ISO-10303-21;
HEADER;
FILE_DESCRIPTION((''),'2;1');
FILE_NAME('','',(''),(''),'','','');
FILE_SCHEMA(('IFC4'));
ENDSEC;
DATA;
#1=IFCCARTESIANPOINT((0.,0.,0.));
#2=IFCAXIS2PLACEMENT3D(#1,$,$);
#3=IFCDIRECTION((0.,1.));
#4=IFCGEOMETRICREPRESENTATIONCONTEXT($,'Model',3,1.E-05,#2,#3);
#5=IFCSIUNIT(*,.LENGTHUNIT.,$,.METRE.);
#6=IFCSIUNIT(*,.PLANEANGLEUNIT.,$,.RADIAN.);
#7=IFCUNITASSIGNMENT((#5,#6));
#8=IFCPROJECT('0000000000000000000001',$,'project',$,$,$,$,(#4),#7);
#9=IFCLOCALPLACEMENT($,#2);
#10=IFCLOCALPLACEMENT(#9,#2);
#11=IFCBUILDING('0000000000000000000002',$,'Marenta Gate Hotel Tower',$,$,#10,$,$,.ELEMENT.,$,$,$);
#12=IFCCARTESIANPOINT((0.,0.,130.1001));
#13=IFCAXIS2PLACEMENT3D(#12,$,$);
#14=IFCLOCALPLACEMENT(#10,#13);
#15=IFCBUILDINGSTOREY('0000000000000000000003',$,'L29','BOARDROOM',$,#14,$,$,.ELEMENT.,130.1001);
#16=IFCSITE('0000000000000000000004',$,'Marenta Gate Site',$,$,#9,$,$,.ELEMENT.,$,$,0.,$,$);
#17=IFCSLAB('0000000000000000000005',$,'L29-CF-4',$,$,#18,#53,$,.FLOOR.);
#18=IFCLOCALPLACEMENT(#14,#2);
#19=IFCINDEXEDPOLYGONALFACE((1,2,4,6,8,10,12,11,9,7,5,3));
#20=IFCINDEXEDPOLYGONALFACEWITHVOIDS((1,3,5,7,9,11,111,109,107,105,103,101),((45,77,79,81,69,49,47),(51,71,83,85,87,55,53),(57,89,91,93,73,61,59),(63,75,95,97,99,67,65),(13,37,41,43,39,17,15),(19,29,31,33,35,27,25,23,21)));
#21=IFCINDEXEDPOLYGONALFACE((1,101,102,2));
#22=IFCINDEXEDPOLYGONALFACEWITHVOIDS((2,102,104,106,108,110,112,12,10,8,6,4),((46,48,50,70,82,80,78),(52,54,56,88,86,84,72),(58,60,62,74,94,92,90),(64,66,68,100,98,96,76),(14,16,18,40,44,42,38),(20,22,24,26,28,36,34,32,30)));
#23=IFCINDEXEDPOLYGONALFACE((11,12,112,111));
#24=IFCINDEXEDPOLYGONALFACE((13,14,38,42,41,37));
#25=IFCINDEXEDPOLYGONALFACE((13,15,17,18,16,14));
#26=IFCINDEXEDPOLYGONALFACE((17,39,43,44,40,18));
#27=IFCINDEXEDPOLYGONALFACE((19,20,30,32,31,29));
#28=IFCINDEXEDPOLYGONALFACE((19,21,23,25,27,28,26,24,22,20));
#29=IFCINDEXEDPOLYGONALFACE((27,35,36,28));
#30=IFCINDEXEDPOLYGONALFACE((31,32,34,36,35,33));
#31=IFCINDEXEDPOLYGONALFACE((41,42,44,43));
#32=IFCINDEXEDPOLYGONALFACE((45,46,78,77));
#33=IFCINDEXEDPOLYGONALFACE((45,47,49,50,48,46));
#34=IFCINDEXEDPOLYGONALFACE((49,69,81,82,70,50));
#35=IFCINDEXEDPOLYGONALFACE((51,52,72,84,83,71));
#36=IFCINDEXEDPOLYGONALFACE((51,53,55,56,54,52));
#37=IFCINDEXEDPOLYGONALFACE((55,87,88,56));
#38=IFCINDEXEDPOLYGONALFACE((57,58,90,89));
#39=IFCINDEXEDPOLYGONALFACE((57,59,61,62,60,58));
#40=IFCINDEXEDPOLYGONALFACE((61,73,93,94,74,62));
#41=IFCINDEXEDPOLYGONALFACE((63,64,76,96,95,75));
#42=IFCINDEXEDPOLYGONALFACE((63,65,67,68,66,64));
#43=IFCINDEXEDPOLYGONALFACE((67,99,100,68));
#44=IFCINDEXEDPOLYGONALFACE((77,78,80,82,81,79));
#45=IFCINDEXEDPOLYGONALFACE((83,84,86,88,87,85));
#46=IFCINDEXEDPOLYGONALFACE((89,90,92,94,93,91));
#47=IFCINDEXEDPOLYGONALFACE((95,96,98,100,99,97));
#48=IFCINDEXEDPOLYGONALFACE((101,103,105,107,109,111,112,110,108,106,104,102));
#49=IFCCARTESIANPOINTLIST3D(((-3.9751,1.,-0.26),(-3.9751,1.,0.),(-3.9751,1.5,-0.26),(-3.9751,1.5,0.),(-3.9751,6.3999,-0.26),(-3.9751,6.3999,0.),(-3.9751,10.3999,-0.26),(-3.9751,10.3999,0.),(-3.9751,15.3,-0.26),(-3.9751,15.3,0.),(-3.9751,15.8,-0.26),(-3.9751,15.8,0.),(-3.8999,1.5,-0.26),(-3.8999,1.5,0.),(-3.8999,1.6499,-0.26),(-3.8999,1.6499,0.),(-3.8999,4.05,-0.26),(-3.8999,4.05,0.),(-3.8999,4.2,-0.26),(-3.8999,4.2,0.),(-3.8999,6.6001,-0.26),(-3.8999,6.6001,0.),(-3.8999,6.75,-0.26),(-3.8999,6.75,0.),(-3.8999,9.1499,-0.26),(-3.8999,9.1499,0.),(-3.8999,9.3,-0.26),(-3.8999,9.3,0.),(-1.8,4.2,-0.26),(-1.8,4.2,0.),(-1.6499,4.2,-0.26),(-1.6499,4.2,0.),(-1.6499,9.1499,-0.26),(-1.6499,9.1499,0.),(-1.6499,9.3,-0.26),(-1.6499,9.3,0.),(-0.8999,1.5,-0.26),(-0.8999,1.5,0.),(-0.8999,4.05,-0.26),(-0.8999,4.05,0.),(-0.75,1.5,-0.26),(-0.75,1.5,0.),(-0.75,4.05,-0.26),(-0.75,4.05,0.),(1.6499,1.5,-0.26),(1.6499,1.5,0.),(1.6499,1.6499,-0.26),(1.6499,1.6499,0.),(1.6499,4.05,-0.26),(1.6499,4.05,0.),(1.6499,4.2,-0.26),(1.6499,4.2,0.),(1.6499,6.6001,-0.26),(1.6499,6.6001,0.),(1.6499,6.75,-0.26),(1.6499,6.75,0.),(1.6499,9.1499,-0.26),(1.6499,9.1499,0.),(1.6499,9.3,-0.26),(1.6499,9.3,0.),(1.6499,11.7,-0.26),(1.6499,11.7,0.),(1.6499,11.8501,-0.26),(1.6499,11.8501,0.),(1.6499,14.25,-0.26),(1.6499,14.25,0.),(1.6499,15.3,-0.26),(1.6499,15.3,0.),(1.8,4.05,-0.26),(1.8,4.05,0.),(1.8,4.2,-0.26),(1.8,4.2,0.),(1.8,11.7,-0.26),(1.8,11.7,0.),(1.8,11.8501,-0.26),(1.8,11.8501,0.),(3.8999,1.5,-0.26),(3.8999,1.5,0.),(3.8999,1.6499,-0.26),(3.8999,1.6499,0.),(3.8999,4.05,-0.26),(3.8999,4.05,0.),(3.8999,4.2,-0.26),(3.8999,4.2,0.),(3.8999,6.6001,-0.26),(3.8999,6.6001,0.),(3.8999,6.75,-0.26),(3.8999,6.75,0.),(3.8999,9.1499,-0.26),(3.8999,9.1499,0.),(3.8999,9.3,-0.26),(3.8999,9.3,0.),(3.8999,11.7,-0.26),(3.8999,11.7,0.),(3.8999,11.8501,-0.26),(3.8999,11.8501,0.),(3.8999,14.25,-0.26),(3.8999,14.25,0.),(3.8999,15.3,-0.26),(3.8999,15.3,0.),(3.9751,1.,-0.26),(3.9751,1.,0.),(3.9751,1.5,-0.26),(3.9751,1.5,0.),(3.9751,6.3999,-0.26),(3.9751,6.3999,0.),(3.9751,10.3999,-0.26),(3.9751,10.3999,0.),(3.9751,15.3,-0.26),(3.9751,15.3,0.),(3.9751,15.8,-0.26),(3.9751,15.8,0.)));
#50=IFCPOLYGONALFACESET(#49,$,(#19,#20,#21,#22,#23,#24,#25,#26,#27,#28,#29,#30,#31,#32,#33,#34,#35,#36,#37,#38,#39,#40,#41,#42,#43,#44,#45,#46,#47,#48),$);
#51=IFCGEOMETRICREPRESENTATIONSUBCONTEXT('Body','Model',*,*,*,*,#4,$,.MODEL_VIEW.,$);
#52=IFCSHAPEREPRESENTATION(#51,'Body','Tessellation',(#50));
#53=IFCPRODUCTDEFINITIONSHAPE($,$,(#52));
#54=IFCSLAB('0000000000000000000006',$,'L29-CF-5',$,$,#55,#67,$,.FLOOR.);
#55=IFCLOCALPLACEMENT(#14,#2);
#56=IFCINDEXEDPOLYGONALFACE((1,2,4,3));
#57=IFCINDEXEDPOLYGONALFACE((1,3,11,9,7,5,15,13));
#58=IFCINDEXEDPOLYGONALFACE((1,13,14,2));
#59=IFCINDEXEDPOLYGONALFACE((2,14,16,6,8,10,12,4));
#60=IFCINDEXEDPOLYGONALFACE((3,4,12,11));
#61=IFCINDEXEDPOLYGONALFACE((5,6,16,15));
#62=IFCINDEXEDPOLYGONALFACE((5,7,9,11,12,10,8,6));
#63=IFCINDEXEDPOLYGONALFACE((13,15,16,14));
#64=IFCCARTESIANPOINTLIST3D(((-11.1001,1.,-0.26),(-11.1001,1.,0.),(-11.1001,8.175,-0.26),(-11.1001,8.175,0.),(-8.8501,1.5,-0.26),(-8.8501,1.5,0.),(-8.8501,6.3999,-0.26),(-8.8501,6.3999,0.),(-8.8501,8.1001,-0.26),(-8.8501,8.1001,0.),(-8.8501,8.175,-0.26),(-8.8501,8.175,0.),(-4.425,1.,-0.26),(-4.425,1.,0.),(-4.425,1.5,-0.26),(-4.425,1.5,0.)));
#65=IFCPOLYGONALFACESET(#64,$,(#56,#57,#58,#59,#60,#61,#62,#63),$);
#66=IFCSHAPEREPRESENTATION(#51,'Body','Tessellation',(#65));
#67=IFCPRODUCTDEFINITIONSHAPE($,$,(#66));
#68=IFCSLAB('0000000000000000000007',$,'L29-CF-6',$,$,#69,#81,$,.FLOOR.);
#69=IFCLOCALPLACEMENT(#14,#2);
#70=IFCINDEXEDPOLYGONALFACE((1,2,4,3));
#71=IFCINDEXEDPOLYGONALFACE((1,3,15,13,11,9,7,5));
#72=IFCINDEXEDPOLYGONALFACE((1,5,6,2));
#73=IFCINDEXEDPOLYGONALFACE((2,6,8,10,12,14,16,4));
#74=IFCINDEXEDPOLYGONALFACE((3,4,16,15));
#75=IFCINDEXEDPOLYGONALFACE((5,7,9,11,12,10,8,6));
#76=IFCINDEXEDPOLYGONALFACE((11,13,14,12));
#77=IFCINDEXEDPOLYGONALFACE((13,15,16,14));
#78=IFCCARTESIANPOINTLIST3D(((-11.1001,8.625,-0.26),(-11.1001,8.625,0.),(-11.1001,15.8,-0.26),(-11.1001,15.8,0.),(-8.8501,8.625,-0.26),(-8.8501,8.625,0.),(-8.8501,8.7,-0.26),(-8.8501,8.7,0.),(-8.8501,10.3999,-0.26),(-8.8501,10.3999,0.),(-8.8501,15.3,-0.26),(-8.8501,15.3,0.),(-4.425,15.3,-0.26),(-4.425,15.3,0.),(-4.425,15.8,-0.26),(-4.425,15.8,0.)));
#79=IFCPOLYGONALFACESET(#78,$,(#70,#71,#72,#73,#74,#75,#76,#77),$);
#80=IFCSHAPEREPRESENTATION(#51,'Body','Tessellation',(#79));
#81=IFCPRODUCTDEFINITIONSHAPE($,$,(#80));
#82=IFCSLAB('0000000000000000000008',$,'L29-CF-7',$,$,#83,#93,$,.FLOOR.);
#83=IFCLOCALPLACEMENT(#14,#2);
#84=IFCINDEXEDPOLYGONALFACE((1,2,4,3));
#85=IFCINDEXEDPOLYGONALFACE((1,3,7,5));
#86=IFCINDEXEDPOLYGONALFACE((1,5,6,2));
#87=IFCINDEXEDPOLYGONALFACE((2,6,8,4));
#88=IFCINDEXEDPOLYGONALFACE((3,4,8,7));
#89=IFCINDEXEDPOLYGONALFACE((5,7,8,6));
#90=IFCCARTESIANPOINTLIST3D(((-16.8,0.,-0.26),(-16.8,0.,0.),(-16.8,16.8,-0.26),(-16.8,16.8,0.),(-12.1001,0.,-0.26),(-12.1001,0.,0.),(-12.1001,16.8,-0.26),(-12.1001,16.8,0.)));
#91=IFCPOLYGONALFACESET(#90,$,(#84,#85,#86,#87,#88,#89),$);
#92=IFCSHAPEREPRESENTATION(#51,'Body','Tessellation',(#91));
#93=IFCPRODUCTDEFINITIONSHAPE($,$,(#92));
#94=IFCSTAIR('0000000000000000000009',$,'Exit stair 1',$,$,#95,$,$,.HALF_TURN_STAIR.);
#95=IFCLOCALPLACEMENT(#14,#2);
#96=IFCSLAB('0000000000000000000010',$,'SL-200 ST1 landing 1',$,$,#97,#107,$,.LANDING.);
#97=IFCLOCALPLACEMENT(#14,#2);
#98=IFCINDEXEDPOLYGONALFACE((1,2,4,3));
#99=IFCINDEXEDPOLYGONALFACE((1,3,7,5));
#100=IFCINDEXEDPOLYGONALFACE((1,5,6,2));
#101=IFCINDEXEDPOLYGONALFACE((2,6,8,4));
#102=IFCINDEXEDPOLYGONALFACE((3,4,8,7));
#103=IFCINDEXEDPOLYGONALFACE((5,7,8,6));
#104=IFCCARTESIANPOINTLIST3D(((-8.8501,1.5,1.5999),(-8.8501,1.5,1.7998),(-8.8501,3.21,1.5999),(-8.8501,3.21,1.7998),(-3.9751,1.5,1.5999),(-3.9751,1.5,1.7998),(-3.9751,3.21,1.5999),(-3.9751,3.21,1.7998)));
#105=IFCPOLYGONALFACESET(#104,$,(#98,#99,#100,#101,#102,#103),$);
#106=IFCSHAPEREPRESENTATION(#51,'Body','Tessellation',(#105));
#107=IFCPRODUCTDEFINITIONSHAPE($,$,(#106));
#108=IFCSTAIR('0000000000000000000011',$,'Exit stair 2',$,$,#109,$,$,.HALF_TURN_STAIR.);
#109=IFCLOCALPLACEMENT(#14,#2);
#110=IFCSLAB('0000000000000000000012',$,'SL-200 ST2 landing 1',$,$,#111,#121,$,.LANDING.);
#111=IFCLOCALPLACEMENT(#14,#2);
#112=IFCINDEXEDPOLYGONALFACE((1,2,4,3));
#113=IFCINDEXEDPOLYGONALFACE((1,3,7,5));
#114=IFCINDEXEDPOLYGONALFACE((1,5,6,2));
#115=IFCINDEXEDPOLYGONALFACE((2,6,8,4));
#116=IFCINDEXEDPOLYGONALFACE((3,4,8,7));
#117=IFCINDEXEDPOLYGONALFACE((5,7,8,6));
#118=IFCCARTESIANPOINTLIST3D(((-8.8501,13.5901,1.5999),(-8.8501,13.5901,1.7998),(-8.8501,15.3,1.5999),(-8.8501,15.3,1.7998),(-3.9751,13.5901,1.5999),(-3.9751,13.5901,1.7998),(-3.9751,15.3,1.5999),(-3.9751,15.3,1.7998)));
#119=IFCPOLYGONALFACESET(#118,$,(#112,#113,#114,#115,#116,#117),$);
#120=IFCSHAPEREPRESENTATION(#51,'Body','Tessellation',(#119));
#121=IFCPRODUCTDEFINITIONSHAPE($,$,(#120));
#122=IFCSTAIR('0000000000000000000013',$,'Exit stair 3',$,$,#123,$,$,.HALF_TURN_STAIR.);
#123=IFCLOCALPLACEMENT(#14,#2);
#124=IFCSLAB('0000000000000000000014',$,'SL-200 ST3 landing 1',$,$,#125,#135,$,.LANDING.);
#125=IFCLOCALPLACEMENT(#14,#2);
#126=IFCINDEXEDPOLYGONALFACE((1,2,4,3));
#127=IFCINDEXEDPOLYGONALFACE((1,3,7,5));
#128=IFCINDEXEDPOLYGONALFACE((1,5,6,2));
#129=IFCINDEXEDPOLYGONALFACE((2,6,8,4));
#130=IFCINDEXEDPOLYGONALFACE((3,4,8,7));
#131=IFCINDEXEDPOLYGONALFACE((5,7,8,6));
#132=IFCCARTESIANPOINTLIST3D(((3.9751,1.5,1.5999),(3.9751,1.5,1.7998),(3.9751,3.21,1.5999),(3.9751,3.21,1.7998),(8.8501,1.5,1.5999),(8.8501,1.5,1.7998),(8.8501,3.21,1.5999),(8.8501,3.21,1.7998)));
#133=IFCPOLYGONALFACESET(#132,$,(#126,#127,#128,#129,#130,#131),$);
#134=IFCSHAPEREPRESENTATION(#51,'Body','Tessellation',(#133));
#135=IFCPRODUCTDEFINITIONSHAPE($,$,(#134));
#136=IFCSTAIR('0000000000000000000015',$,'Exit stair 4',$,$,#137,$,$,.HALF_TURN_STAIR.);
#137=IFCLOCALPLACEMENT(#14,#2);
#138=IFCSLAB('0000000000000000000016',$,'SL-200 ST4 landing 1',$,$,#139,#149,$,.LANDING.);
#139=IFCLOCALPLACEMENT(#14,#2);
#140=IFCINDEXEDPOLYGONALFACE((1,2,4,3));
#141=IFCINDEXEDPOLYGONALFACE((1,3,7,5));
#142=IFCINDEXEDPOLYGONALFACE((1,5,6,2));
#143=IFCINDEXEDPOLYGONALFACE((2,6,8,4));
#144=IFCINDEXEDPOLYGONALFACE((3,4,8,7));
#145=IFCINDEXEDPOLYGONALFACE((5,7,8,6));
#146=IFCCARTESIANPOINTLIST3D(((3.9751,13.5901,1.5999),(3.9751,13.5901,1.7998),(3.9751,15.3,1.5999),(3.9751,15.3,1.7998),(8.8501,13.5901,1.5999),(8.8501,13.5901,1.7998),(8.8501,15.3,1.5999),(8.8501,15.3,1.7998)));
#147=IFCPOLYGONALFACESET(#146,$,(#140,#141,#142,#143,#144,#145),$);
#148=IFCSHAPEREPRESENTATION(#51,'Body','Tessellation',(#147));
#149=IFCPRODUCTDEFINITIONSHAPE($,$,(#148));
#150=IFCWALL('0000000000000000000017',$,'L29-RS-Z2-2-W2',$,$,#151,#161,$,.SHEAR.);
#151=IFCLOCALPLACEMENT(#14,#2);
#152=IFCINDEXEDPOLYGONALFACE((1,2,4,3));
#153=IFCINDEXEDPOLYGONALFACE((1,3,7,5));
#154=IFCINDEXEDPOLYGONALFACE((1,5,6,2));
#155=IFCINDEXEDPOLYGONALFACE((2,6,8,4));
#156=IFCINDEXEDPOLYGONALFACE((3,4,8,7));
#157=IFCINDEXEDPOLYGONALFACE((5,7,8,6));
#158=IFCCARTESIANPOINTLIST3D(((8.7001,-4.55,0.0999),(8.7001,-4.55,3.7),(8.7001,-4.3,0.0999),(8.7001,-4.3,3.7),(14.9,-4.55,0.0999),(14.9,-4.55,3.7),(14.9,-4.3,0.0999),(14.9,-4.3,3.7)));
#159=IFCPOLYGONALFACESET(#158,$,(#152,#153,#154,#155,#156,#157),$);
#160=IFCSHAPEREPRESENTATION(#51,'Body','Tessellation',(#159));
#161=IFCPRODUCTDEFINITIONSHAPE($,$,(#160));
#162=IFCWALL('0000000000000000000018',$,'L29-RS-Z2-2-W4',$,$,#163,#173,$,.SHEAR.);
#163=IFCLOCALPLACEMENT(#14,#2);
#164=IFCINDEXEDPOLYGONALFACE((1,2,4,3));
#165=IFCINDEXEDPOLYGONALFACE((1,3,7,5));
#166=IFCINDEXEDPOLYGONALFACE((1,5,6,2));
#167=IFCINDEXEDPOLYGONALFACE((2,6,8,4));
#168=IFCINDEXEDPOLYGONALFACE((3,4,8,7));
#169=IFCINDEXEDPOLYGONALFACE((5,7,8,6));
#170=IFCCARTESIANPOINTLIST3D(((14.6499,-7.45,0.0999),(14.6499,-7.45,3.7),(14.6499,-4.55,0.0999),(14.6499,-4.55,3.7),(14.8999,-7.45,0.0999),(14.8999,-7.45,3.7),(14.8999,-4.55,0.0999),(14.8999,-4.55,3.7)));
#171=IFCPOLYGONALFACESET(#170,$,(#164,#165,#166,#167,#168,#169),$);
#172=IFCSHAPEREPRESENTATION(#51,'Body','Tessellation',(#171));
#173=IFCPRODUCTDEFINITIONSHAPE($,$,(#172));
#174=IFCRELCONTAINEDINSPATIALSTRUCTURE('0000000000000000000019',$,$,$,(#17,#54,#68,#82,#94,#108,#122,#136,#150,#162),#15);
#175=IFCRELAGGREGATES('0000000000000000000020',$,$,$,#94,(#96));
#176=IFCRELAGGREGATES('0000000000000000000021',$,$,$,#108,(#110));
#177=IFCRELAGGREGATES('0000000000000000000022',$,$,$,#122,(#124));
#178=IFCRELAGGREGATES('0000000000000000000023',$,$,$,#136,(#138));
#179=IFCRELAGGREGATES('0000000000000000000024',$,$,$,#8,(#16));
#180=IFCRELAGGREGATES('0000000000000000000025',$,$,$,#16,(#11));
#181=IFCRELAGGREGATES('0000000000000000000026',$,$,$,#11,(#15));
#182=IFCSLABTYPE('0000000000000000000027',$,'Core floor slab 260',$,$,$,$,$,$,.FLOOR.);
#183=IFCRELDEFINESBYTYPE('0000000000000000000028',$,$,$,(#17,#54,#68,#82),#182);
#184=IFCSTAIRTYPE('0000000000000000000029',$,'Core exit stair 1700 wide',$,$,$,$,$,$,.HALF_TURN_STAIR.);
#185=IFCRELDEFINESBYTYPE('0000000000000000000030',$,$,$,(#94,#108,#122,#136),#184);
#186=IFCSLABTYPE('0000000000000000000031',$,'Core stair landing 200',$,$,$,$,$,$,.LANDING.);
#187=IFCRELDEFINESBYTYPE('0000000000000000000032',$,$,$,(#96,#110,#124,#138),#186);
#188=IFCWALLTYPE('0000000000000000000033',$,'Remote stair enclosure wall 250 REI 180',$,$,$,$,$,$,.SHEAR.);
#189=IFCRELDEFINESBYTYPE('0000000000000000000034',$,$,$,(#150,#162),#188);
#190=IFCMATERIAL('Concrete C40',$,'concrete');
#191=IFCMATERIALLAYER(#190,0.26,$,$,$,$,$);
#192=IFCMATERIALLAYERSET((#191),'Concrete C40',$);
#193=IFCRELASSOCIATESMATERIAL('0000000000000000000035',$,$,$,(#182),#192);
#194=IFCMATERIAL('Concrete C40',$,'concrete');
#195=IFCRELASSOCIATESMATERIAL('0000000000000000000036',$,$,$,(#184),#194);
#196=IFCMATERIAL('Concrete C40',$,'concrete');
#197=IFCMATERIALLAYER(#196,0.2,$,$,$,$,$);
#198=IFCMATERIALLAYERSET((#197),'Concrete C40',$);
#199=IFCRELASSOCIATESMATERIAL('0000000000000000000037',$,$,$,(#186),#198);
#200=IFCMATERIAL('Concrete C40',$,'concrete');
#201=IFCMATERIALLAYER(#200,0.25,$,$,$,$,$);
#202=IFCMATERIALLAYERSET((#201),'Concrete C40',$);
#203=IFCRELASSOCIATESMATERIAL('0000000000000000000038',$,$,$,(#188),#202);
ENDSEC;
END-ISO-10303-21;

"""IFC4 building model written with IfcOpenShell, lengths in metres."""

from ifc_helpers import new_model, si_unit, direction, frame, frame_2d, origin, place, context, subcontext, project, spatial, polyline, rectangle, outline, extrude, material, layer, layer_set, type_object, element, aggregate, save


model = new_model("IFC4")

# Units and contexts
model_context = context("Model", 3, precision=1e-05, world=origin(), true_north=direction((0.0, 1.0)))
body_context = subcontext(model_context, "Body", "Model", "MODEL_VIEW")
ifc_project = project(units=[si_unit("LENGTHUNIT", "METRE"), si_unit("PLANEANGLEUNIT", "RADIAN")], contexts=[model_context])

# Site, building, storey
site_placement = place(None, origin())
site = spatial("IfcSite", under=ifc_project, at=site_placement, Name="Marenta Gate Site", CompositionType="ELEMENT", RefElevation=0.0)
building_placement = place(site_placement, origin())
building = spatial("IfcBuilding", under=site, at=building_placement, Name="Marenta Gate Hotel Tower", CompositionType="ELEMENT")
storey_placement = place(building_placement, frame((0.0, 0.0, 130.1001)))
storey = spatial("IfcBuildingStorey", under=building, at=storey_placement, Name="L29", Description="BOARDROOM", CompositionType="ELEMENT", Elevation=130.1001)

# Slabs
ifc_material_1 = material(Name="Concrete C40", Category="concrete")
ifc_layer_1 = layer(ifc_material_1, 0.26)
ifc_layer_set_1 = layer_set([ifc_layer_1], Name="Concrete C40")
slab_type_1 = type_object("IfcSlabType", Name="Core floor slab 260", PredefinedType="FLOOR", material=ifc_layer_set_1)
slab_1_placement = place(storey_placement, frame((0.0, 0.0, -0.26)))
element("IfcSlab", 1, at=slab_1_placement, inside=storey, type_object=slab_type_1, Name="L29-CF-4", PredefinedType="FLOOR", context=body_context, shape_type="SweptSolid", body=[
    extrude(outline(polyline([(3.9751, 15.3), (3.9751, 10.3999), (3.9751, 6.3999), (3.9751, 1.5), (3.9751, 1.0), (-3.9751, 1.0), (-3.9751, 1.5), (-3.9751, 6.3999), (-3.9751, 10.3999), (-3.9751, 15.3), (-3.9751, 15.8), (3.9751, 15.8), (3.9751, 15.3)]), holes=[polyline([(1.6499, 1.5), (3.8999, 1.5), (3.8999, 1.6499), (3.8999, 4.05), (1.8, 4.05), (1.6499, 4.05), (1.6499, 1.6499), (1.6499, 1.5)]), polyline([(1.6499, 6.6001), (1.6499, 4.2), (1.8, 4.2), (3.8999, 4.2), (3.8999, 6.6001), (3.8999, 6.75), (1.6499, 6.75), (1.6499, 6.6001)]), polyline([(1.6499, 9.1499), (3.8999, 9.1499), (3.8999, 9.3), (3.8999, 11.7), (1.8, 11.7), (1.6499, 11.7), (1.6499, 9.3), (1.6499, 9.1499)]), polyline([(1.6499, 15.3), (1.6499, 14.25), (1.6499, 11.8501), (1.8, 11.8501), (3.8999, 11.8501), (3.8999, 14.25), (3.8999, 15.3), (1.6499, 15.3)]), polyline([(-3.8999, 4.05), (-3.8999, 1.6499), (-3.8999, 1.5), (-0.8999, 1.5), (-0.75, 1.5), (-0.75, 4.05), (-0.8999, 4.05), (-3.8999, 4.05)]), polyline([(-1.8, 4.2), (-1.6499, 4.2), (-1.6499, 9.1499), (-1.6499, 9.3), (-3.8999, 9.3), (-3.8999, 9.1499), (-3.8999, 6.75), (-3.8999, 6.6001), (-3.8999, 4.2), (-1.8, 4.2)])]), origin(), (0.0, 0.0, 1.0), 0.26),
])
slab_2_placement = place(storey_placement, frame((0.0, 0.0, -0.26)))
element("IfcSlab", 2, at=slab_2_placement, inside=storey, type_object=slab_type_1, Name="L29-CF-5", PredefinedType="FLOOR", context=body_context, shape_type="SweptSolid", body=[
    extrude(outline(polyline([(-8.8501, 8.175), (-8.8501, 8.1001), (-8.8501, 6.3999), (-8.8501, 1.5), (-4.425, 1.5), (-4.425, 1.0), (-11.1001, 1.0), (-11.1001, 8.175), (-8.8501, 8.175)])), origin(), (0.0, 0.0, 1.0), 0.26),
])
slab_3_placement = place(storey_placement, frame((0.0, 0.0, -0.26)))
element("IfcSlab", 3, at=slab_3_placement, inside=storey, type_object=slab_type_1, Name="L29-CF-6", PredefinedType="FLOOR", context=body_context, shape_type="SweptSolid", body=[
    extrude(outline(polyline([(-4.425, 15.3), (-8.8501, 15.3), (-8.8501, 10.3999), (-8.8501, 8.7), (-8.8501, 8.625), (-11.1001, 8.625), (-11.1001, 15.8), (-4.425, 15.8), (-4.425, 15.3)])), origin(), (0.0, 0.0, 1.0), 0.26),
])
slab_4_placement = place(storey_placement, frame((0.0, 0.0, -0.26)))
element("IfcSlab", 4, at=slab_4_placement, inside=storey, type_object=slab_type_1, Name="L29-CF-7", PredefinedType="FLOOR", context=body_context, shape_type="SweptSolid", body=[
    extrude(outline(polyline([(-12.1001, 16.8), (-12.1001, 0.0), (-16.8, 0.0), (-16.8, 16.8), (-12.1001, 16.8)])), origin(), (0.0, 0.0, 1.0), 0.26),
])

# Stairs, slabs
ifc_material_2 = material(Name="Concrete C40", Category="concrete")
stair_type_1 = type_object("IfcStairType", Name="Core exit stair 1700 wide", PredefinedType="HALF_TURN_STAIR", material=ifc_material_2)
stair_1_placement = place(storey_placement, origin())
stair_1 = element("IfcStair", 5, at=stair_1_placement, inside=storey, type_object=stair_type_1, Name="Exit stair 1", PredefinedType="HALF_TURN_STAIR")
ifc_material_3 = material(Name="Concrete C40", Category="concrete")
ifc_layer_2 = layer(ifc_material_3, 0.2)
ifc_layer_set_2 = layer_set([ifc_layer_2], Name="Concrete C40")
slab_type_2 = type_object("IfcSlabType", Name="Core stair landing 200", PredefinedType="LANDING", material=ifc_layer_set_2)
slab_5_placement = place(storey_placement, frame((0.0, 0.0, 1.5999)))
slab_5 = element("IfcSlab", 6, at=slab_5_placement, type_object=slab_type_2, Name="SL-200 ST1 landing 1", PredefinedType="LANDING", context=body_context, shape_type="SweptSolid", body=[
    extrude(outline(polyline([(-8.8501, 1.5), (-3.9751, 1.5), (-3.9751, 3.21), (-8.8501, 3.21), (-8.8501, 1.5)])), origin(), (0.0, 0.0, 1.0), 0.2),
])
aggregate(stair_1, [slab_5])
stair_2_placement = place(storey_placement, origin())
stair_2 = element("IfcStair", 7, at=stair_2_placement, inside=storey, type_object=stair_type_1, Name="Exit stair 2", PredefinedType="HALF_TURN_STAIR")
slab_6_placement = place(storey_placement, frame((0.0, 0.0, 1.5999)))
slab_6 = element("IfcSlab", 8, at=slab_6_placement, type_object=slab_type_2, Name="SL-200 ST2 landing 1", PredefinedType="LANDING", context=body_context, shape_type="SweptSolid", body=[
    extrude(outline(polyline([(-8.8501, 13.5901), (-3.9751, 13.5901), (-3.9751, 15.3), (-8.8501, 15.3), (-8.8501, 13.5901)])), origin(), (0.0, 0.0, 1.0), 0.2),
])
aggregate(stair_2, [slab_6])
stair_3_placement = place(storey_placement, origin())
stair_3 = element("IfcStair", 9, at=stair_3_placement, inside=storey, type_object=stair_type_1, Name="Exit stair 3", PredefinedType="HALF_TURN_STAIR")
slab_7_placement = place(storey_placement, frame((0.0, 0.0, 1.5999)))
slab_7 = element("IfcSlab", 10, at=slab_7_placement, type_object=slab_type_2, Name="SL-200 ST3 landing 1", PredefinedType="LANDING", context=body_context, shape_type="SweptSolid", body=[
    extrude(outline(polyline([(3.9751, 1.5), (8.8501, 1.5), (8.8501, 3.21), (3.9751, 3.21), (3.9751, 1.5)])), origin(), (0.0, 0.0, 1.0), 0.2),
])
aggregate(stair_3, [slab_7])
stair_4_placement = place(storey_placement, origin())
stair_4 = element("IfcStair", 11, at=stair_4_placement, inside=storey, type_object=stair_type_1, Name="Exit stair 4", PredefinedType="HALF_TURN_STAIR")
slab_8_placement = place(storey_placement, frame((0.0, 0.0, 1.5999)))
slab_8 = element("IfcSlab", 12, at=slab_8_placement, type_object=slab_type_2, Name="SL-200 ST4 landing 1", PredefinedType="LANDING", context=body_context, shape_type="SweptSolid", body=[
    extrude(outline(polyline([(3.9751, 13.5901), (8.8501, 13.5901), (8.8501, 15.3), (3.9751, 15.3), (3.9751, 13.5901)])), origin(), (0.0, 0.0, 1.0), 0.2),
])
aggregate(stair_4, [slab_8])

# Walls
ifc_material_4 = material(Name="Concrete C40", Category="concrete")
ifc_layer_3 = layer(ifc_material_4, 0.25)
ifc_layer_set_3 = layer_set([ifc_layer_3], Name="Concrete C40")
wall_type_1 = type_object("IfcWallType", Name="Remote stair enclosure wall 250 REI 180", PredefinedType="SHEAR", material=ifc_layer_set_3)
wall_1_placement = place(storey_placement, frame((8.7, -4.425, 0.0999), z_axis=(0.0, 0.0, 1.0), x_axis=(1.0, 0.0, 0.0)))
element("IfcWall", 13, at=wall_1_placement, inside=storey, type_object=wall_type_1, Name="L29-RS-Z2-2-W2", PredefinedType="SHEAR", context=body_context, shape_type="SweptSolid", body=[
    extrude(rectangle(XDim=6.2, YDim=0.25, at=frame_2d((3.1001, 0.0))), origin(), (0.0, 0.0, 1.0), 3.6001),
])
wall_2_placement = place(storey_placement, frame((14.7749, -7.45, 0.0999), z_axis=(0.0, 0.0, 1.0), x_axis=(0.0, 1.0, 0.0)))
element("IfcWall", 14, at=wall_2_placement, inside=storey, type_object=wall_type_1, Name="L29-RS-Z2-2-W4", PredefinedType="SHEAR", context=body_context, shape_type="SweptSolid", body=[
    extrude(rectangle(XDim=2.8999, YDim=0.25, at=frame_2d((1.45, 0.0))), origin(), (0.0, 0.0, 1.0), 3.6001),
])

save(model, "model.ifc")
